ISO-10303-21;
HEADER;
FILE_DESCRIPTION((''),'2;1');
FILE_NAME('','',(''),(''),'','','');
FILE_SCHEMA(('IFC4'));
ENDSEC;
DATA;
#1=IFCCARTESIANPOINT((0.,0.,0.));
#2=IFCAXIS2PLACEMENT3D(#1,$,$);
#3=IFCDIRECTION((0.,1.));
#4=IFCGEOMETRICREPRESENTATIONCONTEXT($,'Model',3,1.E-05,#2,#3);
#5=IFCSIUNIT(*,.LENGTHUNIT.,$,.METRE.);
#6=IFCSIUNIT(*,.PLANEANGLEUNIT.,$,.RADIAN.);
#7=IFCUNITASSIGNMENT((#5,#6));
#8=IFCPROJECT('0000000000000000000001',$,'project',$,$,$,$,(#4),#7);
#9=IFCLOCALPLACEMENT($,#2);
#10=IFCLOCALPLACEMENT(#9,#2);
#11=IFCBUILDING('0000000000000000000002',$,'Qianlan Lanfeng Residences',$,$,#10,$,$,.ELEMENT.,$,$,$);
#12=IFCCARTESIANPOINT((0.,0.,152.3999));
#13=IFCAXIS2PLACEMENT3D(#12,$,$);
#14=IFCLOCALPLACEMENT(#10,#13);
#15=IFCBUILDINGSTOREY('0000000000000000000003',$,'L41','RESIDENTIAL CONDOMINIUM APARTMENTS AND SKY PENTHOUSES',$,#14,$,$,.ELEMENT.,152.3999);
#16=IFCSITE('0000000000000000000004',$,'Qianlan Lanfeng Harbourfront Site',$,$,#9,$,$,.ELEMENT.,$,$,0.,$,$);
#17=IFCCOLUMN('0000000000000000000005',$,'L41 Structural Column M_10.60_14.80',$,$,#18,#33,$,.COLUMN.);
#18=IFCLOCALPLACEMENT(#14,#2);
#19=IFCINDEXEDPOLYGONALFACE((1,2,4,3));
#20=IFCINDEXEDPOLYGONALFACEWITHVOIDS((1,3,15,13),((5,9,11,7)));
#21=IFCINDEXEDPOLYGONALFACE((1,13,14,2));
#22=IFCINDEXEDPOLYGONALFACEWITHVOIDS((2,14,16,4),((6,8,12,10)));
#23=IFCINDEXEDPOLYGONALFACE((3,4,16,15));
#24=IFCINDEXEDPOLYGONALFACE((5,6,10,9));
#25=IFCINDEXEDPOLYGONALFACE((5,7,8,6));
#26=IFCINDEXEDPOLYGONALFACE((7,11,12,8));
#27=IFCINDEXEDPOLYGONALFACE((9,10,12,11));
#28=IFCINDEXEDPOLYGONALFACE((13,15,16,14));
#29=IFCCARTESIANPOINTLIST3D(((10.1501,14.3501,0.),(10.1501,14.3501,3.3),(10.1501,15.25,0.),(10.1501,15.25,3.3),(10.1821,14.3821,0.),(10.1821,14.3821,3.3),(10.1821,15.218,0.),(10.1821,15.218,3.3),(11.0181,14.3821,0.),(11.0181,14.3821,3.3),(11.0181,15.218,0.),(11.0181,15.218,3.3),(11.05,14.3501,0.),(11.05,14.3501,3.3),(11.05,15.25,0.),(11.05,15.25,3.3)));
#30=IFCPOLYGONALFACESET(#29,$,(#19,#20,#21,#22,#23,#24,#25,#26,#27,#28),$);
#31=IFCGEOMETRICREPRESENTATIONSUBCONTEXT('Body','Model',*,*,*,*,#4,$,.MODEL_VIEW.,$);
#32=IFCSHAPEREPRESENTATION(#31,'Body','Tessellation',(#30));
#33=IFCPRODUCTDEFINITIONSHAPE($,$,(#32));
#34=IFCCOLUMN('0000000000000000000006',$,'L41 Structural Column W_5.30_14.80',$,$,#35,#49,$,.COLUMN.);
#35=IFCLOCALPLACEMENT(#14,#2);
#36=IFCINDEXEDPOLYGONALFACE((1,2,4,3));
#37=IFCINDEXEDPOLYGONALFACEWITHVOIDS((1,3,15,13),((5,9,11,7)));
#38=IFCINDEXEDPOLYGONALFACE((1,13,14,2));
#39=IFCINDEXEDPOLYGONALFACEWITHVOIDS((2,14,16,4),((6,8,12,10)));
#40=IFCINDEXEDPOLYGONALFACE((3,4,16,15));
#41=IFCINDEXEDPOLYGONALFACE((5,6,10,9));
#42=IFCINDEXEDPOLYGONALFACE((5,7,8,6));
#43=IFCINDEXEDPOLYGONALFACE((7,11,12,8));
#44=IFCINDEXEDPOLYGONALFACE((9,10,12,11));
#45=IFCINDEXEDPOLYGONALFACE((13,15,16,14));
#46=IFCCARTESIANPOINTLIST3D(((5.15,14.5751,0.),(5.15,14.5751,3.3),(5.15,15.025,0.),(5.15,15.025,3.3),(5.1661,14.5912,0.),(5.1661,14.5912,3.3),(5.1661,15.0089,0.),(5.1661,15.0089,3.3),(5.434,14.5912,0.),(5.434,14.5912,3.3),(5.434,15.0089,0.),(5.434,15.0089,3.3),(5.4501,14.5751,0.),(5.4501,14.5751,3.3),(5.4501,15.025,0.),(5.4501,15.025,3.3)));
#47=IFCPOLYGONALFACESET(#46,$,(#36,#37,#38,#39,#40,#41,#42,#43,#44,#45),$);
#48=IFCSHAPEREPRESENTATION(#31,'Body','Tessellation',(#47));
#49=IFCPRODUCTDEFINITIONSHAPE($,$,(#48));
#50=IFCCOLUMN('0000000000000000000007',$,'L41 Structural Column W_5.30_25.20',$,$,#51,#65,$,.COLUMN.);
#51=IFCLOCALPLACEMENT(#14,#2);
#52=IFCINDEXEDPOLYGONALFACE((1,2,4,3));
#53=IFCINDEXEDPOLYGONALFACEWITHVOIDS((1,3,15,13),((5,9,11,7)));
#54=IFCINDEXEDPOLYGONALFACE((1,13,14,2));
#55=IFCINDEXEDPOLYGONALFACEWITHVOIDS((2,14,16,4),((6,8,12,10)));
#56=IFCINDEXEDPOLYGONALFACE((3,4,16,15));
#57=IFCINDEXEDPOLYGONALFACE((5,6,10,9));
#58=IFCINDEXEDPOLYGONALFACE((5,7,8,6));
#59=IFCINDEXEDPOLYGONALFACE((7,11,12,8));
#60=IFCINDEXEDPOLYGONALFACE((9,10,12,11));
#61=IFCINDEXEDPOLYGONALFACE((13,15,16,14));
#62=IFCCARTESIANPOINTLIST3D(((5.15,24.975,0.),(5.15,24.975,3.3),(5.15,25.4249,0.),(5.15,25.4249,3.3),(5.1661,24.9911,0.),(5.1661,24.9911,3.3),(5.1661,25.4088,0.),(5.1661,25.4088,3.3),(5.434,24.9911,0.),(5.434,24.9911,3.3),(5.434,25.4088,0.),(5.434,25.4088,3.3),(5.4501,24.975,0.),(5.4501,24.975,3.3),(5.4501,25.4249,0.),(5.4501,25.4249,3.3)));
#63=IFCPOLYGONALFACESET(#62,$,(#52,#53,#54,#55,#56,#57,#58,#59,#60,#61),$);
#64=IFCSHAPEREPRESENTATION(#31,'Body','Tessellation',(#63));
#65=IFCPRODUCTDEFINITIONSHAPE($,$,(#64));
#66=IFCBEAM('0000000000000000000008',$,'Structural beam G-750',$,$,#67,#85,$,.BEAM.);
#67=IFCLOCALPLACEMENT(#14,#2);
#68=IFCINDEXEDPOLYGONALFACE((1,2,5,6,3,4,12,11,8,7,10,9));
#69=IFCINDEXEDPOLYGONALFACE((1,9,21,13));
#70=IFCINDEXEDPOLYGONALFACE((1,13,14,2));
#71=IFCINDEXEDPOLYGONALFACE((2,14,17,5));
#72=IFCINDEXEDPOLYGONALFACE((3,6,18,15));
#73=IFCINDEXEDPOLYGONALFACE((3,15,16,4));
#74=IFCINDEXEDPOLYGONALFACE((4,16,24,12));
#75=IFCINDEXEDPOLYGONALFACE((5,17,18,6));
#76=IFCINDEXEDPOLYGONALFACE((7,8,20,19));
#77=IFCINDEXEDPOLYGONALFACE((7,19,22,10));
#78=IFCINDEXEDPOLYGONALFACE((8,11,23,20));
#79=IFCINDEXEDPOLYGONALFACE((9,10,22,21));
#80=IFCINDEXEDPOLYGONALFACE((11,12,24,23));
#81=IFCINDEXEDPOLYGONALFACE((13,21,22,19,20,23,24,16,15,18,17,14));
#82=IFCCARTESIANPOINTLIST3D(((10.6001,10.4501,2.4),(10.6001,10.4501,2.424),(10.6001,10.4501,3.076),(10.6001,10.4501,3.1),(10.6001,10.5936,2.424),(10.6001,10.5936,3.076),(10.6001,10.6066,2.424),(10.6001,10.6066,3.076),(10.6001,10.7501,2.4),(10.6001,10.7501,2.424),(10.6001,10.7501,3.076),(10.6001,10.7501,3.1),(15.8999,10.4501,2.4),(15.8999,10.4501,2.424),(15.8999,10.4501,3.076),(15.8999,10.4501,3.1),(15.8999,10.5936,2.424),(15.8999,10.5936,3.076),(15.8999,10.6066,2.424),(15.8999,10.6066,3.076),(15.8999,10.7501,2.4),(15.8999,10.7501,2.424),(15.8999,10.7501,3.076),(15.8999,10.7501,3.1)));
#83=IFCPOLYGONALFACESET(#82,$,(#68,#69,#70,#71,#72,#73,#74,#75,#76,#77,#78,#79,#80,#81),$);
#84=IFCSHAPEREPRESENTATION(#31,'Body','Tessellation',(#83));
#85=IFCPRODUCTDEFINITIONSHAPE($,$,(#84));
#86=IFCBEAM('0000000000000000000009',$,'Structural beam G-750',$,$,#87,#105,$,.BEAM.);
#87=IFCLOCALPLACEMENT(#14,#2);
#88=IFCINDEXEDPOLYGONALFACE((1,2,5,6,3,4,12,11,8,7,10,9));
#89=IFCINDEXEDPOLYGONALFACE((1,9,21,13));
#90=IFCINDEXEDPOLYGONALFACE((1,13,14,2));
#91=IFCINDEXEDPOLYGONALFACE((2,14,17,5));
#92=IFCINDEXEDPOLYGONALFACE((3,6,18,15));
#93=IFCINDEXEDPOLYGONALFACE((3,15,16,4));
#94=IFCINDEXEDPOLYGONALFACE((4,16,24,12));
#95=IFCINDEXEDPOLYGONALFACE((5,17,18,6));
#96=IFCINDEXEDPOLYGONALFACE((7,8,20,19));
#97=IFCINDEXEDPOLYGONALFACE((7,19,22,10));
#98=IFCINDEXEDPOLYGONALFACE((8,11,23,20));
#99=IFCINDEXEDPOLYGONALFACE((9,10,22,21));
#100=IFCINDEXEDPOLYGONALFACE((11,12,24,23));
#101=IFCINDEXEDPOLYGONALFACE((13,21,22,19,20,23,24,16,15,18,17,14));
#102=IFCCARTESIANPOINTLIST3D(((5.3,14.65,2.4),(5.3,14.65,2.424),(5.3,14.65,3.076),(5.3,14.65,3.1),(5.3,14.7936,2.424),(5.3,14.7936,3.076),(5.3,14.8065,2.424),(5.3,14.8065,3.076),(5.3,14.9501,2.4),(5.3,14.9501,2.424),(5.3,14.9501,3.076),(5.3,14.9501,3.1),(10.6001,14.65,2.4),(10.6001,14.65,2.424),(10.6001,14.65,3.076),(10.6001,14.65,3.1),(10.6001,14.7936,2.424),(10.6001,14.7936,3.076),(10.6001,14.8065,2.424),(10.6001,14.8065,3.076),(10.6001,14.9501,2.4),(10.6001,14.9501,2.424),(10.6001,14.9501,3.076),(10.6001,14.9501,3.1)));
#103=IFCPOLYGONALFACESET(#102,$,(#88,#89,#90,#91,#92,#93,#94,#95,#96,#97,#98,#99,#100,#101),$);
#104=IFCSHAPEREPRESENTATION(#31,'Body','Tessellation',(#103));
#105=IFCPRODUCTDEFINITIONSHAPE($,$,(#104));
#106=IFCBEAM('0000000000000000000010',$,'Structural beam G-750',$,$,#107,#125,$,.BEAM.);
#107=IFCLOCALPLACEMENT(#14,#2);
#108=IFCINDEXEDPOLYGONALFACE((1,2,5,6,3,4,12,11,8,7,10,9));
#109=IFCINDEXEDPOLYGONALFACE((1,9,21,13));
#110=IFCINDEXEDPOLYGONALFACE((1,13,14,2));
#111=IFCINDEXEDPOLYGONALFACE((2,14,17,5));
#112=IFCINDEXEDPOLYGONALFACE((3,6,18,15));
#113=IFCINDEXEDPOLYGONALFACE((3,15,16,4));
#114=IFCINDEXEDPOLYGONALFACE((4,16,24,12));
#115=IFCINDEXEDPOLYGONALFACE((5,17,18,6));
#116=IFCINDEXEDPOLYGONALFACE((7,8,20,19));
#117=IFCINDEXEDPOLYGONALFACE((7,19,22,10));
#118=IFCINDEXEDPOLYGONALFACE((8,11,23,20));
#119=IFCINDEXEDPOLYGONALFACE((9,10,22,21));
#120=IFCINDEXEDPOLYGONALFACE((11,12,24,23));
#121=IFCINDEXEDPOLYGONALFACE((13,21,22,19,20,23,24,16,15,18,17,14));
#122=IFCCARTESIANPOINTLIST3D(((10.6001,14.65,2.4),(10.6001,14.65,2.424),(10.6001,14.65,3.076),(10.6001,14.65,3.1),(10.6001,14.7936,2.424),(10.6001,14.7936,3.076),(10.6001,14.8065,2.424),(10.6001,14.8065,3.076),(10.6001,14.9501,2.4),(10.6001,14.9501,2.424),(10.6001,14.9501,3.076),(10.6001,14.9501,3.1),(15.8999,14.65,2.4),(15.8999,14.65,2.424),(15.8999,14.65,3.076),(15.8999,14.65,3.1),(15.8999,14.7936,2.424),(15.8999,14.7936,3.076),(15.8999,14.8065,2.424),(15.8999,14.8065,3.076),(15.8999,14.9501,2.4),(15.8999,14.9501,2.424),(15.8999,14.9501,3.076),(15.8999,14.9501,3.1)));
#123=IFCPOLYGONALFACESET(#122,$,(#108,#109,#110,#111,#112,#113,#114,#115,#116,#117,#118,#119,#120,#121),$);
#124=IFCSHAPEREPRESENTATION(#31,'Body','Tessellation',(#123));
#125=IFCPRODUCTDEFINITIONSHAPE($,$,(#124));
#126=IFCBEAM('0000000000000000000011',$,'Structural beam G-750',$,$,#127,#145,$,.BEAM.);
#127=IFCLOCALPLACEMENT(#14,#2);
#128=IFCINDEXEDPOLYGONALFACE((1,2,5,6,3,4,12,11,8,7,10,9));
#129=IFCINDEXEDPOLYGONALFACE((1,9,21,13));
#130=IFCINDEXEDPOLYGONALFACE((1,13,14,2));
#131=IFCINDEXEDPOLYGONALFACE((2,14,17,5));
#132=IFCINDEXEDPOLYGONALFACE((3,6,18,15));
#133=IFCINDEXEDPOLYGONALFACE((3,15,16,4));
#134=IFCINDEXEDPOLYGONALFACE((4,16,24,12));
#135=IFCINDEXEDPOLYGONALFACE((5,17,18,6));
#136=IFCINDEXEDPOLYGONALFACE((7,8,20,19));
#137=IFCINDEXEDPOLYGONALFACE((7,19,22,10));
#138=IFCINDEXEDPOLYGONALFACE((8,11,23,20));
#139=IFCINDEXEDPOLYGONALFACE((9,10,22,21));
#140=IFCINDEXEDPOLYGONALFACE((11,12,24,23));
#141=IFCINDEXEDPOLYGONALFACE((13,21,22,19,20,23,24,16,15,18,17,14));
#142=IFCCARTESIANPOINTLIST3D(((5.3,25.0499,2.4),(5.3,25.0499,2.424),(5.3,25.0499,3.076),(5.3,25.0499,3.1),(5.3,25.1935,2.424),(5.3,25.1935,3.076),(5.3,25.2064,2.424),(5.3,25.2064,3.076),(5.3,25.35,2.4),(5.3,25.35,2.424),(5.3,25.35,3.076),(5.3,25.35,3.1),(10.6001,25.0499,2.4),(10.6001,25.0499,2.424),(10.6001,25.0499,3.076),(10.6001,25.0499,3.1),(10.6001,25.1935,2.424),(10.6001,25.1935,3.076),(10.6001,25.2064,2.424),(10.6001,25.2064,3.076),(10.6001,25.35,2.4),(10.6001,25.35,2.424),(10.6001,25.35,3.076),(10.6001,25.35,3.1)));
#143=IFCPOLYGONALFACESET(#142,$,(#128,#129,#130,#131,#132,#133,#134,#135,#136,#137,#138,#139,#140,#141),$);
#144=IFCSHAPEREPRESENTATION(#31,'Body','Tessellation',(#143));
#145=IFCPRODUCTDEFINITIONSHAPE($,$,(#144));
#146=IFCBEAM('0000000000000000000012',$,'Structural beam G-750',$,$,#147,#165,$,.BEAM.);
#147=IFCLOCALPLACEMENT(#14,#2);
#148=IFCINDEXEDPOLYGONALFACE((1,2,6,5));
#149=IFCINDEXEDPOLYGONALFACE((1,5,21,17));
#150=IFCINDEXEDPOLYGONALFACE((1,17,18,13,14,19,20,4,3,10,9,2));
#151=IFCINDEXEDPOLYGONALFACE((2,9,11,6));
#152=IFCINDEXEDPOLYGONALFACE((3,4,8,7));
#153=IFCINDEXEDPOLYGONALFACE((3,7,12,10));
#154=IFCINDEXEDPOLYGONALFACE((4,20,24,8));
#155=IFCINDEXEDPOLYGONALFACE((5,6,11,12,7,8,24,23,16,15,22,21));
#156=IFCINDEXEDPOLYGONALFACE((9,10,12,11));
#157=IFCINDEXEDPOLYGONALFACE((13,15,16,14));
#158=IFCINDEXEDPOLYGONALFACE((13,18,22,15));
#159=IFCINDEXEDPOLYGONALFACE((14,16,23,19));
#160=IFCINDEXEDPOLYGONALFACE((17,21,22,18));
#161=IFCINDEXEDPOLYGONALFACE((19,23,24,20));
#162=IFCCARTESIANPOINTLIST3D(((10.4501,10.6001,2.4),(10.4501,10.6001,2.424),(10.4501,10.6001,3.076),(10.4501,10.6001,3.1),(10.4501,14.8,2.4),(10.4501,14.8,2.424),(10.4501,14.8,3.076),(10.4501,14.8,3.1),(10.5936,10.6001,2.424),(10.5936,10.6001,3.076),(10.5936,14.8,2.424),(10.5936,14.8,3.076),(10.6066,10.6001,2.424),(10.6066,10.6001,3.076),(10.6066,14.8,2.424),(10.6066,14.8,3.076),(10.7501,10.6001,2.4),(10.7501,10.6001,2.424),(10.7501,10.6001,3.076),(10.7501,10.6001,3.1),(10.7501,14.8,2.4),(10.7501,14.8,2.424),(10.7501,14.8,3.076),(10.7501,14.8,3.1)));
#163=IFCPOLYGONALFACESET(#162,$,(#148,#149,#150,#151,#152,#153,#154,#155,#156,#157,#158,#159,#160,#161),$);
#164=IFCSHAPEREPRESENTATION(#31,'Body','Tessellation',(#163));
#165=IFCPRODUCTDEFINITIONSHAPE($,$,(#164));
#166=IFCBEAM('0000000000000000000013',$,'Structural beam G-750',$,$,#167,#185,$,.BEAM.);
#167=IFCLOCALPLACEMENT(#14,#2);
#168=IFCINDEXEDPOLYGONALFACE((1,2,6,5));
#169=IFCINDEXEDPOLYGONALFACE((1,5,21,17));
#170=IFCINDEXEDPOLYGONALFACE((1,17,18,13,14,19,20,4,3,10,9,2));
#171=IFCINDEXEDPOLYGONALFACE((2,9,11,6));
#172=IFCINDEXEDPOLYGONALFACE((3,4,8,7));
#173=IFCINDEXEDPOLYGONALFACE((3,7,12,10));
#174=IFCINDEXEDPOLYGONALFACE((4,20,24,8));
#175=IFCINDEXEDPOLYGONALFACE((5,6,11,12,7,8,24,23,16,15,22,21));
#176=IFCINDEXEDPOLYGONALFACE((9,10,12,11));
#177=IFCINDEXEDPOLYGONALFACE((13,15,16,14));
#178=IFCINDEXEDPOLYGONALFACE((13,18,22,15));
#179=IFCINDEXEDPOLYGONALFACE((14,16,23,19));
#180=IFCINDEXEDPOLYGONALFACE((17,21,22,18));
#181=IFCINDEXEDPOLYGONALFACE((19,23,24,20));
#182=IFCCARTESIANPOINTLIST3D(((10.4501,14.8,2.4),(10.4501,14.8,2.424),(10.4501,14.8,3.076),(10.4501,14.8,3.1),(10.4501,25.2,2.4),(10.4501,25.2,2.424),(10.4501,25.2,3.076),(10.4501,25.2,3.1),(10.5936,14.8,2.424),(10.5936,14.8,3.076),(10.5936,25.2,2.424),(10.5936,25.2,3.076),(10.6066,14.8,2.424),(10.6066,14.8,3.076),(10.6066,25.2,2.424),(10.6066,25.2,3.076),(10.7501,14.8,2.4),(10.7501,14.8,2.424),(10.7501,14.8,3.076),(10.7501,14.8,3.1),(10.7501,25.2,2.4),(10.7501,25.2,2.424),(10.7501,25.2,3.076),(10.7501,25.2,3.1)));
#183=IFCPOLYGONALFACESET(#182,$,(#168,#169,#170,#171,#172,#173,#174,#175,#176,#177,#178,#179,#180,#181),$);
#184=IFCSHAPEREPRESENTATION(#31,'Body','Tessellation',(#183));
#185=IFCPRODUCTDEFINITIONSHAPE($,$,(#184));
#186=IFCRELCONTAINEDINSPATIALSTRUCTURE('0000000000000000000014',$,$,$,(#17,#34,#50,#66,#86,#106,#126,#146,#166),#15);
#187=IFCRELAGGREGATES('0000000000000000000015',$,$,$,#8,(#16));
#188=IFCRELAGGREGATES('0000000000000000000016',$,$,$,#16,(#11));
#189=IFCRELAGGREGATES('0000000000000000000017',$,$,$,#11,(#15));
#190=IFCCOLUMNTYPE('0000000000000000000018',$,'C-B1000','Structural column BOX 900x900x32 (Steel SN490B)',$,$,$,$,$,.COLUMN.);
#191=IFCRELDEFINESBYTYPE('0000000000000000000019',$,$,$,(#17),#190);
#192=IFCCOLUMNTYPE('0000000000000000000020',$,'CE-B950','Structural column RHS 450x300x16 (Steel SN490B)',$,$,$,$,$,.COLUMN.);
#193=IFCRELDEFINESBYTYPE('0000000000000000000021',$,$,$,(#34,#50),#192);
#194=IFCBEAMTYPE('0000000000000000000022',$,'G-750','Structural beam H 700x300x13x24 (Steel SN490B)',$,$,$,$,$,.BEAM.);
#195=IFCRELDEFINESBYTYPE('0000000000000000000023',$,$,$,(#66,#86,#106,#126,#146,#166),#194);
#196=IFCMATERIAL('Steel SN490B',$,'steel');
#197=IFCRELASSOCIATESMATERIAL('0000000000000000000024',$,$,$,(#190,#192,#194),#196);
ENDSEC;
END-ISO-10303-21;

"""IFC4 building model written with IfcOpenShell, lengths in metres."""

from ifc_helpers import new_model, si_unit, direction, frame, origin, origin_2d, place, context, subcontext, project, spatial, hollow_rectangle, i_section, extrude, material, material_profile, profile_set, type_object, element, save


model = new_model("IFC4")

# Units and contexts
model_context = context("Model", 3, precision=1e-05, world=origin(), true_north=direction((0.0, 1.0)))
body_context = subcontext(model_context, "Body", "Model", "MODEL_VIEW")
ifc_project = project(units=[si_unit("LENGTHUNIT", "METRE"), si_unit("PLANEANGLEUNIT", "RADIAN")], contexts=[model_context])

# Site, building, storey
site_placement = place(None, origin())
site = spatial("IfcSite", under=ifc_project, at=site_placement, Name="Qianlan Lanfeng Harbourfront Site", CompositionType="ELEMENT", RefElevation=0.0)
building_placement = place(site_placement, origin())
building = spatial("IfcBuilding", under=site, at=building_placement, Name="Qianlan Lanfeng Residences", CompositionType="ELEMENT")
storey_placement = place(building_placement, frame((0.0, 0.0, 152.3999)))
storey = spatial("IfcBuildingStorey", under=building, at=storey_placement, Name="L41", Description="RESIDENTIAL CONDOMINIUM APARTMENTS AND SKY PENTHOUSES", CompositionType="ELEMENT", Elevation=152.3999)

# Columns
ifc_material_1 = material(Name="Steel SN490B", Category="steel")
ifc_material_profile_1 = material_profile(ifc_material_1, hollow_rectangle(XDim=0.8999, YDim=0.8999, WallThickness=0.032, at=origin_2d()), Name="BOX 900x900x32")
ifc_profile_set_1 = profile_set([ifc_material_profile_1], Name="Steel SN490B")
column_type_1 = type_object("IfcColumnType", Name="C-B1000", Description="Structural column BOX 900x900x32 (Steel SN490B)", PredefinedType="COLUMN", material=ifc_profile_set_1)
column_placement = place(storey_placement, frame((10.6001, 14.8, 0.0), z_axis=(0.0, 0.0, 1.0), x_axis=(1.0, 0.0, 0.0)))
element("IfcColumn", 1, at=column_placement, inside=storey, type_object=column_type_1, Name="L41 Structural Column M_10.60_14.80", PredefinedType="COLUMN", context=body_context, shape_type="SweptSolid", body=[
    extrude(hollow_rectangle(XDim=0.8999, YDim=0.8999, WallThickness=0.032, at=origin_2d()), origin(), (0.0, 0.0, 1.0), 3.3),
])
ifc_material_profile_2 = material_profile(ifc_material_1, hollow_rectangle(XDim=0.3, YDim=0.45, WallThickness=0.0161, at=origin_2d()), Name="RHS 450x300x16")
ifc_profile_set_2 = profile_set([ifc_material_profile_2], Name="Steel SN490B")
column_type_2 = type_object("IfcColumnType", Name="CE-B950", Description="Structural column RHS 450x300x16 (Steel SN490B)", PredefinedType="COLUMN", material=ifc_profile_set_2)
for number, where, z_axis, x_axis, name in (
    (2, (5.3, 14.8, 0.0), (0.0, 0.0, 1.0), (1.0, 0.0, 0.0), "L41 Structural Column W_5.30_14.80"),
    (3, (5.3, 25.2, 0.0), (0.0, 0.0, 1.0), (1.0, 0.0, 0.0), "L41 Structural Column W_5.30_25.20"),
):
    element("IfcColumn", number, at=place(storey_placement, frame(where, z_axis=z_axis, x_axis=x_axis)), inside=storey, type_object=column_type_2, Name=name, PredefinedType="COLUMN", context=body_context, shape_type="SweptSolid", body=[
        extrude(hollow_rectangle(XDim=0.3, YDim=0.45, WallThickness=0.0161, at=origin_2d()), origin(), (0.0, 0.0, 1.0), 3.3),
    ])

# Beams
ifc_material_profile_3 = material_profile(ifc_material_1, i_section(OverallWidth=0.3, OverallDepth=0.7, WebThickness=0.0129, FlangeThickness=0.0239, at=origin_2d()), Name="H 700x300x13x24")
ifc_profile_set_3 = profile_set([ifc_material_profile_3], Name="Steel SN490B")
beam_type_1 = type_object("IfcBeamType", Name="G-750", Description="Structural beam H 700x300x13x24 (Steel SN490B)", PredefinedType="BEAM", material=ifc_profile_set_3)
beam_1_placement = place(storey_placement, frame((10.6001, 10.6001, 2.75), z_axis=(1.0, 0.0, 0.0), x_axis=(0.0, 1.0, 0.0)))
element("IfcBeam", 4, at=beam_1_placement, inside=storey, type_object=beam_type_1, Name="Structural beam G-750", PredefinedType="BEAM", context=body_context, shape_type="SweptSolid", body=[
    extrude(i_section(OverallWidth=0.3, OverallDepth=0.7, WebThickness=0.0129, FlangeThickness=0.0239, at=origin_2d()), origin(), (0.0, 0.0, 1.0), 5.2998),
])
beam_2_placement = place(storey_placement, frame((5.3, 14.8, 2.75), z_axis=(1.0, 0.0, 0.0), x_axis=(0.0, 1.0, 0.0)))
element("IfcBeam", 5, at=beam_2_placement, inside=storey, type_object=beam_type_1, Name="Structural beam G-750", PredefinedType="BEAM", context=body_context, shape_type="SweptSolid", body=[
    extrude(i_section(OverallWidth=0.3, OverallDepth=0.7, WebThickness=0.0129, FlangeThickness=0.0239, at=origin_2d()), origin(), (0.0, 0.0, 1.0), 5.3),
])
beam_3_placement = place(storey_placement, frame((10.6001, 14.8, 2.75), z_axis=(1.0, 0.0, 0.0), x_axis=(0.0, 1.0, 0.0)))
element("IfcBeam", 6, at=beam_3_placement, inside=storey, type_object=beam_type_1, Name="Structural beam G-750", PredefinedType="BEAM", context=body_context, shape_type="SweptSolid", body=[
    extrude(i_section(OverallWidth=0.3, OverallDepth=0.7, WebThickness=0.0129, FlangeThickness=0.0239, at=origin_2d()), origin(), (0.0, 0.0, 1.0), 5.2998),
])
beam_4_placement = place(storey_placement, frame((5.3, 25.2, 2.75), z_axis=(1.0, 0.0, 0.0), x_axis=(0.0, 1.0, 0.0)))
element("IfcBeam", 7, at=beam_4_placement, inside=storey, type_object=beam_type_1, Name="Structural beam G-750", PredefinedType="BEAM", context=body_context, shape_type="SweptSolid", body=[
    extrude(i_section(OverallWidth=0.3, OverallDepth=0.7, WebThickness=0.0129, FlangeThickness=0.0239, at=origin_2d()), origin(), (0.0, 0.0, 1.0), 5.3),
])
beam_5_placement = place(storey_placement, frame((10.6001, 10.6001, 2.75), z_axis=(0.0, 1.0, 0.0), x_axis=(-1.0, 0.0, 0.0)))
element("IfcBeam", 8, at=beam_5_placement, inside=storey, type_object=beam_type_1, Name="Structural beam G-750", PredefinedType="BEAM", context=body_context, shape_type="SweptSolid", body=[
    extrude(i_section(OverallWidth=0.3, OverallDepth=0.7, WebThickness=0.0129, FlangeThickness=0.0239, at=origin_2d()), origin(), (0.0, 0.0, 1.0), 4.2),
])
beam_6_placement = place(storey_placement, frame((10.6001, 14.8, 2.75), z_axis=(0.0, 1.0, 0.0), x_axis=(-1.0, 0.0, 0.0)))
element("IfcBeam", 9, at=beam_6_placement, inside=storey, type_object=beam_type_1, Name="Structural beam G-750", PredefinedType="BEAM", context=body_context, shape_type="SweptSolid", body=[
    extrude(i_section(OverallWidth=0.3, OverallDepth=0.7, WebThickness=0.0129, FlangeThickness=0.0239, at=origin_2d()), origin(), (0.0, 0.0, 1.0), 10.3999),
])

save(model, "model.ifc")
